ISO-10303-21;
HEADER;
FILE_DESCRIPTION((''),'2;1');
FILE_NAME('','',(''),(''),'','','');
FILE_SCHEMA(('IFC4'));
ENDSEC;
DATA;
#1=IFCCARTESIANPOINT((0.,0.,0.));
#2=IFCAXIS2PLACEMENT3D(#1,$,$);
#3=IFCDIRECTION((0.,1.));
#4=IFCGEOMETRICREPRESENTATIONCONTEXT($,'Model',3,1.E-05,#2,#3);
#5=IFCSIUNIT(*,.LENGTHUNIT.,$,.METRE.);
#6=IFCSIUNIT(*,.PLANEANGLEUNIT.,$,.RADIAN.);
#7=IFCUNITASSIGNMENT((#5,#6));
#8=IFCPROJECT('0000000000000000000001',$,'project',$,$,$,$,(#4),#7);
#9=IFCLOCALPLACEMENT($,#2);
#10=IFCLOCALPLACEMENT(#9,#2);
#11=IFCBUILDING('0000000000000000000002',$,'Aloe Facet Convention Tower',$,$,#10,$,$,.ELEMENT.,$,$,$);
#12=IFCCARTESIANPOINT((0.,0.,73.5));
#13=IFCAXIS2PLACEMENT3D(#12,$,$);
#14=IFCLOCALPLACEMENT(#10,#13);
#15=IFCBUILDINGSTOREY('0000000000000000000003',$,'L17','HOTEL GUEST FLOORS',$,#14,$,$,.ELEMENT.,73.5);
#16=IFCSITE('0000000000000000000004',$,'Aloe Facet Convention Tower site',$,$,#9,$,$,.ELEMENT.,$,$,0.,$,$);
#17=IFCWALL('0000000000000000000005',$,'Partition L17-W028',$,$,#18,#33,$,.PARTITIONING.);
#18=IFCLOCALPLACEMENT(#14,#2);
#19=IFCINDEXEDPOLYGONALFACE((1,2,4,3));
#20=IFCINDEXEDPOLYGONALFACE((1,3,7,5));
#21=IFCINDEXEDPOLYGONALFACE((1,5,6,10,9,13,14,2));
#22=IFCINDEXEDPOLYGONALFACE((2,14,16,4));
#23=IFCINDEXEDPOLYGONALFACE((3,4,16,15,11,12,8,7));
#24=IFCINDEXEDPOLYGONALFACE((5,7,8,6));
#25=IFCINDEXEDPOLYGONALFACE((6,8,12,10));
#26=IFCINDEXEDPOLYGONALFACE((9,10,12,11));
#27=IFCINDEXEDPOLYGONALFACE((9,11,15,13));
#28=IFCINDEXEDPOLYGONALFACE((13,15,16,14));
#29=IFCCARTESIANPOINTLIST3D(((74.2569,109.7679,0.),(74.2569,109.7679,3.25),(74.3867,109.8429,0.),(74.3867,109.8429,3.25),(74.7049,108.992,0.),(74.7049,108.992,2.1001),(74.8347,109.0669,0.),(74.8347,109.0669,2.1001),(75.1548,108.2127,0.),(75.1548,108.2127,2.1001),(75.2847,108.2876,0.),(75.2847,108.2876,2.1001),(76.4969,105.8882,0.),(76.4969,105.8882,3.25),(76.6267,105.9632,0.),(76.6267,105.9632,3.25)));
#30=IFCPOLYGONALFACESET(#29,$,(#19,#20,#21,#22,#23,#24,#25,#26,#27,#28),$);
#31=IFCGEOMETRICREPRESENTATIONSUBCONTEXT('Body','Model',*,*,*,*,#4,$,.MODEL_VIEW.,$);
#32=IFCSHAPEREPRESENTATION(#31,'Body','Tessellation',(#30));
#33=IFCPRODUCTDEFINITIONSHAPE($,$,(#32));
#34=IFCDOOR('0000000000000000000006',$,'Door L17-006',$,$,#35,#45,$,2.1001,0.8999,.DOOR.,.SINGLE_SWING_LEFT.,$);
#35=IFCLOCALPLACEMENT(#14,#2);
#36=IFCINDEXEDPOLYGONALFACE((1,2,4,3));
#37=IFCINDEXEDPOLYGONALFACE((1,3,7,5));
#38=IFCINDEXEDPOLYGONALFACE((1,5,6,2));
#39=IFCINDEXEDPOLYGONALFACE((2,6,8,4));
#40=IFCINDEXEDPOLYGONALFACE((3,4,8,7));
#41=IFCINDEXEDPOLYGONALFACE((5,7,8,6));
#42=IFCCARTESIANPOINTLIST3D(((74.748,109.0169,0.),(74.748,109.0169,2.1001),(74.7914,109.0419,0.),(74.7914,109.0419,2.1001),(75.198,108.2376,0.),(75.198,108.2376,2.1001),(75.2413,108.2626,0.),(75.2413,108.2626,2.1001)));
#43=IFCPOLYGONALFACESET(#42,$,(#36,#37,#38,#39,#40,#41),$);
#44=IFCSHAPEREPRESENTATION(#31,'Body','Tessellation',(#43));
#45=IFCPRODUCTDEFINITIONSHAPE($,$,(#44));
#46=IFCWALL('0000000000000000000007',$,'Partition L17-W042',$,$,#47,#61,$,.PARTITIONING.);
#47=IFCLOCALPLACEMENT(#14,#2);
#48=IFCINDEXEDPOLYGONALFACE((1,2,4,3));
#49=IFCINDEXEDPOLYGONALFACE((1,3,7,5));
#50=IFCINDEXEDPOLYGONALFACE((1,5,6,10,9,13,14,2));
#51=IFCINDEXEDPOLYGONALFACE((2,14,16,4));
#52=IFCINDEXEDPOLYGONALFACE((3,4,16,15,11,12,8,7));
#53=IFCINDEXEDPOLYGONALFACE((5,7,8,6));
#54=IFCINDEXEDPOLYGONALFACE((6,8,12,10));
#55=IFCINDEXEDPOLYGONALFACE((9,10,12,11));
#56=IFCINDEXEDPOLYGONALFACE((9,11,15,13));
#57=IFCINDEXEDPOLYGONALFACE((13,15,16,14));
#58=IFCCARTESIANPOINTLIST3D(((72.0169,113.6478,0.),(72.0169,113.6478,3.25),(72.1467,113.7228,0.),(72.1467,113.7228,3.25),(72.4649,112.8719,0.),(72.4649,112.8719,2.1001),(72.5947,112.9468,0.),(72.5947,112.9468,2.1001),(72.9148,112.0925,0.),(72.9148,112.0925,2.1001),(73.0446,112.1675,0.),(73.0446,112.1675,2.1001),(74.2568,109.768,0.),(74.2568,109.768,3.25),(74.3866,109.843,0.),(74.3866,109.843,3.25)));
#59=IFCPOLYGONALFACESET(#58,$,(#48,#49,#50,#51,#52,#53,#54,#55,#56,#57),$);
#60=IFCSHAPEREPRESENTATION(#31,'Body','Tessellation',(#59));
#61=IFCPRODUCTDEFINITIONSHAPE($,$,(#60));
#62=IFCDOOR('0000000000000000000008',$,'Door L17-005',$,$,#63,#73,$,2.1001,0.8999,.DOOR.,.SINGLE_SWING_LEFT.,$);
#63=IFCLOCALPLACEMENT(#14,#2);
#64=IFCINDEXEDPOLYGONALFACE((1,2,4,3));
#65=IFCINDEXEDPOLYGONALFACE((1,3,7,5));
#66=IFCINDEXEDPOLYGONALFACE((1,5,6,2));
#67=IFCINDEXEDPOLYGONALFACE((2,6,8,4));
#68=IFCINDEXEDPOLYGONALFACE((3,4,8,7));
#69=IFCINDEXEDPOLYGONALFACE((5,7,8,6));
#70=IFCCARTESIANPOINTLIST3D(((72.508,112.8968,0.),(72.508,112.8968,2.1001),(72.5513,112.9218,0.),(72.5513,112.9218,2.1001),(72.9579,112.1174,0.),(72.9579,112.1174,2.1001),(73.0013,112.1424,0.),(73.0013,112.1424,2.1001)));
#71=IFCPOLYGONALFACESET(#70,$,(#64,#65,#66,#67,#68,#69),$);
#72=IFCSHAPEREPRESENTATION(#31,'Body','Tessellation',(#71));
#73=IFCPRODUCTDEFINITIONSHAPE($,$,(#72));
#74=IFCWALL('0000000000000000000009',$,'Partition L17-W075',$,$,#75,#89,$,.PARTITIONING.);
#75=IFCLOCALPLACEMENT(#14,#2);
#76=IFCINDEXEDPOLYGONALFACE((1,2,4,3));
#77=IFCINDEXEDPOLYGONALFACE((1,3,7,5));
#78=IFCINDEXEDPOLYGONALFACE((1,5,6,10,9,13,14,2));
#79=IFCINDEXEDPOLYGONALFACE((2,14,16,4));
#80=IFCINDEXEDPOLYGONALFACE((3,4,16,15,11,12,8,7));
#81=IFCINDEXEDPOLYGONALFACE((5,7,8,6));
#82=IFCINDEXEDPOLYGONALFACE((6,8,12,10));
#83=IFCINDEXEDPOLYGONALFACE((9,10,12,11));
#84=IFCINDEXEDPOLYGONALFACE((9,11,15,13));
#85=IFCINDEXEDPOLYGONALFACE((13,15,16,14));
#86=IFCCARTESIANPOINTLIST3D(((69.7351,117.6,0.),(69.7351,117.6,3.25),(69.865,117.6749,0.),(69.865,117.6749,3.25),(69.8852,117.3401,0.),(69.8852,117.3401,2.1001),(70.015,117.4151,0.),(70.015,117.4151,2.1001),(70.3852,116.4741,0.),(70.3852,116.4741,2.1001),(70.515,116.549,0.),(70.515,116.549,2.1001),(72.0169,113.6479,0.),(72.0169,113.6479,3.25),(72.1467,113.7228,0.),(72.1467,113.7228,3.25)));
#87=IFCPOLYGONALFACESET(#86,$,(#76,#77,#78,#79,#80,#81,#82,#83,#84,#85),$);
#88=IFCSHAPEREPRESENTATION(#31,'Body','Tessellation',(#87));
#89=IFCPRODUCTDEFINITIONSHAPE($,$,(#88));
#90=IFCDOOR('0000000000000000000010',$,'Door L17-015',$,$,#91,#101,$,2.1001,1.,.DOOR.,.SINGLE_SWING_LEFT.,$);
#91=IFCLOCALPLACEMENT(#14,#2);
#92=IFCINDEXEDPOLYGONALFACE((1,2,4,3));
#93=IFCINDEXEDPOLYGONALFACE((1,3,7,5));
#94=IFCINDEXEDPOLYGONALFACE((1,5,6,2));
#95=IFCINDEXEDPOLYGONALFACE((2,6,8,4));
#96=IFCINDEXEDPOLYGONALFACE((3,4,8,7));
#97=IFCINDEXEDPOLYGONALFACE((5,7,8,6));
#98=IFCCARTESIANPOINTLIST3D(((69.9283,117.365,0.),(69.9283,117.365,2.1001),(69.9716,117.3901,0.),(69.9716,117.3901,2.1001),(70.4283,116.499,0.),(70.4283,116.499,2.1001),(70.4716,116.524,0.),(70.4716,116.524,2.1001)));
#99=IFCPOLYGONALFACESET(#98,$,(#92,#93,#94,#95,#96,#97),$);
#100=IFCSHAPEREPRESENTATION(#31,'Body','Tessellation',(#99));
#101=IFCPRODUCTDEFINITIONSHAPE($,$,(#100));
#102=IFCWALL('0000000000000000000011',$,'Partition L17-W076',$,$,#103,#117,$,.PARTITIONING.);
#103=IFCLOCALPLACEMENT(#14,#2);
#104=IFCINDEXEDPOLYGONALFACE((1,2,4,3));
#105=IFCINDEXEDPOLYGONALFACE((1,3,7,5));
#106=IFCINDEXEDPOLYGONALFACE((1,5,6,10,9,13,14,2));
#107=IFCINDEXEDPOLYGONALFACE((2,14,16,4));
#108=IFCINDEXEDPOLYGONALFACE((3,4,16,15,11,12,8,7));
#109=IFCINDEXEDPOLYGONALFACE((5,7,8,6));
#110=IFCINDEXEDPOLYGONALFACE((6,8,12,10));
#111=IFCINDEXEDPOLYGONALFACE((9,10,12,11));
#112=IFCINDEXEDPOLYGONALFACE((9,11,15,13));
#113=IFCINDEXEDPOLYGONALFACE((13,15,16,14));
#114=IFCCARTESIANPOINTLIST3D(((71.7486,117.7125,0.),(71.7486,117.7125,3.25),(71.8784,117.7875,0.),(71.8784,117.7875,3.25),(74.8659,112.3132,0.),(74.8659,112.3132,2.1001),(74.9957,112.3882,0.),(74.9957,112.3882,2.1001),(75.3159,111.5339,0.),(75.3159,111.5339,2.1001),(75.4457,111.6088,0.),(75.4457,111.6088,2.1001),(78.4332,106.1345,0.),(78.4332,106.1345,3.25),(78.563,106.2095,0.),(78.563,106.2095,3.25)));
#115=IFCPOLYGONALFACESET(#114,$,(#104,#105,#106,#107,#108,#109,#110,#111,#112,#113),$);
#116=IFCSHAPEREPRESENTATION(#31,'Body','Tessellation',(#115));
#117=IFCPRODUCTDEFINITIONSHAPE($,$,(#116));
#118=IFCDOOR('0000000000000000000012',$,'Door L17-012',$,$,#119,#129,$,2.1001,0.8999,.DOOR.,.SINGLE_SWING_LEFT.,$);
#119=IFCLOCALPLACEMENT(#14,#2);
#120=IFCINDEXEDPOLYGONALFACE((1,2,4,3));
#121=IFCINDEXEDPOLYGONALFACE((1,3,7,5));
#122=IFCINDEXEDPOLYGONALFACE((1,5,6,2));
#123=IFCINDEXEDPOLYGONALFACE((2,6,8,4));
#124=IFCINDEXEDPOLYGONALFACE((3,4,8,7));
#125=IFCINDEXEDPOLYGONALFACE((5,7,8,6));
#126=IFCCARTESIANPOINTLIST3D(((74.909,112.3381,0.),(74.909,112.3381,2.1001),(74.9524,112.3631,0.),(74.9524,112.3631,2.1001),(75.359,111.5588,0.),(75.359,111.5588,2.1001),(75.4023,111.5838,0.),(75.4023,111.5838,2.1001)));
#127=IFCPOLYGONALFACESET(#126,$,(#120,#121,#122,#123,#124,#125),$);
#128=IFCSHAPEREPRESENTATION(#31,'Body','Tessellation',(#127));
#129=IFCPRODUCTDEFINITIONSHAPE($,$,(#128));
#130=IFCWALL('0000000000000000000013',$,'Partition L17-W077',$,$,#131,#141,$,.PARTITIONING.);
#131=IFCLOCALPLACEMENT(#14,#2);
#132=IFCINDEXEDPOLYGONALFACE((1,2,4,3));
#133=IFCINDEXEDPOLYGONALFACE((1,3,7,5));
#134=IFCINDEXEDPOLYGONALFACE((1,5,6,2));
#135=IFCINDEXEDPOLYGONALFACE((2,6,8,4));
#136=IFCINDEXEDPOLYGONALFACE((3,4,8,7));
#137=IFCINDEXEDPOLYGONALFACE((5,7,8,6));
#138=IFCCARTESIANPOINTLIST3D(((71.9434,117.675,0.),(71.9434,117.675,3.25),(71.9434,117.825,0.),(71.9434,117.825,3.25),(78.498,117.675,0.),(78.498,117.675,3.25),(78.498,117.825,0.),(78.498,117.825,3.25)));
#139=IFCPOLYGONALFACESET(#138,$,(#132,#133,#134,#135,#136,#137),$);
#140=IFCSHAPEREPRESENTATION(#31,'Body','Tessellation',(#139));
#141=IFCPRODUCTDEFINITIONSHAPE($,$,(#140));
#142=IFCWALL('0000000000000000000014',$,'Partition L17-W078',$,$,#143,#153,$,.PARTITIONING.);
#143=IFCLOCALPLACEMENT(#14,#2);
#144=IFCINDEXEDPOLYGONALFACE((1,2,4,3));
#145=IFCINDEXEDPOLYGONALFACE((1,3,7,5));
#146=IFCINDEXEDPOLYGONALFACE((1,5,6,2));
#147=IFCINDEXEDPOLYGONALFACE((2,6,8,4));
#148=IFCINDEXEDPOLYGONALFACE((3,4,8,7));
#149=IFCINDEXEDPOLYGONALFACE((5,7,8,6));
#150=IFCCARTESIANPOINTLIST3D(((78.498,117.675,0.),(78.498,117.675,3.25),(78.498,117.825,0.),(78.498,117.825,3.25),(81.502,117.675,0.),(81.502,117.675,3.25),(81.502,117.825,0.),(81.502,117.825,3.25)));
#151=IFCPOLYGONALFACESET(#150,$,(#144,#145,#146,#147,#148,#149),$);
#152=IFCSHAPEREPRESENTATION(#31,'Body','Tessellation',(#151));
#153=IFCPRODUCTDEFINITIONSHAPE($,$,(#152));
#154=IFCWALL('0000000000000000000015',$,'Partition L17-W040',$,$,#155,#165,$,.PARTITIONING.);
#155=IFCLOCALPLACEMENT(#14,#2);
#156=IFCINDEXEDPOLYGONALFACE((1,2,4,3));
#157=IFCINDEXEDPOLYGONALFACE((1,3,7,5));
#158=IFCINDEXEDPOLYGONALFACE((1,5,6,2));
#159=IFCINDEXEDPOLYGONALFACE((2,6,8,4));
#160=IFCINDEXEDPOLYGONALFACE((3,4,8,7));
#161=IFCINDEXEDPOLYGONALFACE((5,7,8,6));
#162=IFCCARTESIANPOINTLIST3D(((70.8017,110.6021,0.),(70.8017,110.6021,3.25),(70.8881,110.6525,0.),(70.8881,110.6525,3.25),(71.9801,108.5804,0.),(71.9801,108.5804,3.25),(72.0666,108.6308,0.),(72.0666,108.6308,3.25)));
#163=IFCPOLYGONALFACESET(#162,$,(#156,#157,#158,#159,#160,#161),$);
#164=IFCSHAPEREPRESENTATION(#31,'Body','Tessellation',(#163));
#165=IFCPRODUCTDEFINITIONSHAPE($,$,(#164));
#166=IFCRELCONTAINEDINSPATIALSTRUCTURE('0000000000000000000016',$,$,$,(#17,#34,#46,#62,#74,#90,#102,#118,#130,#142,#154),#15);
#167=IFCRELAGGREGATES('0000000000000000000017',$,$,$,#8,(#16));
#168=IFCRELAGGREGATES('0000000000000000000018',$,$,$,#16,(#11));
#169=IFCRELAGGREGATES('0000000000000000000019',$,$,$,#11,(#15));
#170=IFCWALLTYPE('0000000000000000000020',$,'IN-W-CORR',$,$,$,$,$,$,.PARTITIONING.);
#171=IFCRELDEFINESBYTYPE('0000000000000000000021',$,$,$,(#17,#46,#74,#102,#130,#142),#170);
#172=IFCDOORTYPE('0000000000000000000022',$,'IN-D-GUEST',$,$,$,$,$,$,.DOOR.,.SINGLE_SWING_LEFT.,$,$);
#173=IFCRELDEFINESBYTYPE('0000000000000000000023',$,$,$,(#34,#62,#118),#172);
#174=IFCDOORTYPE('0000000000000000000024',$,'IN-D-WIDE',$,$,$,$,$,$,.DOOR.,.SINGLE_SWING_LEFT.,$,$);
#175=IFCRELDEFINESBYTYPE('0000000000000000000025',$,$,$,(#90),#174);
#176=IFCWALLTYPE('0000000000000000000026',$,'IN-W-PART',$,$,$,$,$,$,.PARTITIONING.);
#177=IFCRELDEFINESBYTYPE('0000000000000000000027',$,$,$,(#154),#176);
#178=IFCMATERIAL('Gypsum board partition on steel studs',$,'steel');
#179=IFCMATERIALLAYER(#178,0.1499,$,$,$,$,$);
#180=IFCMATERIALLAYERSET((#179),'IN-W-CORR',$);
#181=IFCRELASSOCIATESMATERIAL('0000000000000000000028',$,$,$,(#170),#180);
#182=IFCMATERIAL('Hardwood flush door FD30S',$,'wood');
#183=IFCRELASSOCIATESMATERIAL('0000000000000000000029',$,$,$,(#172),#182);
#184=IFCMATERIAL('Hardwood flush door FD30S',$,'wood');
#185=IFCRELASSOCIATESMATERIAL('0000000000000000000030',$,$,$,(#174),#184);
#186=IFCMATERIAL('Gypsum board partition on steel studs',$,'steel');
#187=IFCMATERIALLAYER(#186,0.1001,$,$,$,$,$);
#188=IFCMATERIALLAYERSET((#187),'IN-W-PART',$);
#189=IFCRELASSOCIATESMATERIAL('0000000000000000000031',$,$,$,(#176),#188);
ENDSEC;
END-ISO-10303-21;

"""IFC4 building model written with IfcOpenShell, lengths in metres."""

from ifc_helpers import new_model, si_unit, direction, frame, frame_2d, origin, place, context, subcontext, project, spatial, rectangle, extrude, material, layer, layer_set, type_object, element, fill, save


model = new_model("IFC4")

# Units and contexts
model_context = context("Model", 3, precision=1e-05, world=origin(), true_north=direction((0.0, 1.0)))
body_context = subcontext(model_context, "Body", "Model", "MODEL_VIEW")
ifc_project = project(units=[si_unit("LENGTHUNIT", "METRE"), si_unit("PLANEANGLEUNIT", "RADIAN")], contexts=[model_context])

# Site, building, storey
site_placement = place(None, origin())
site = spatial("IfcSite", under=ifc_project, at=site_placement, Name="Aloe Facet Convention Tower site", CompositionType="ELEMENT", RefElevation=0.0)
building_placement = place(site_placement, origin())
building = spatial("IfcBuilding", under=site, at=building_placement, Name="Aloe Facet Convention Tower", CompositionType="ELEMENT")
storey_placement = place(building_placement, frame((0.0, 0.0, 73.5)))
storey = spatial("IfcBuildingStorey", under=building, at=storey_placement, Name="L17", Description="HOTEL GUEST FLOORS", CompositionType="ELEMENT", Elevation=73.5)

# Walls, openings, doors
ifc_material_1 = material(Name="Gypsum board partition on steel studs", Category="steel")
ifc_layer_1 = layer(ifc_material_1, 0.1499)
ifc_layer_set_1 = layer_set([ifc_layer_1], Name="IN-W-CORR")
wall_type_1 = type_object("IfcWallType", Name="IN-W-CORR", PredefinedType="PARTITIONING", material=ifc_layer_set_1)
wall_1_placement = place(storey_placement, frame((74.3218, 109.8054, 0.0), z_axis=(0.0, 0.0, 1.0), x_axis=(0.500013, -0.866018, 0.0)))
wall_1 = element("IfcWall", 1, at=wall_1_placement, inside=storey, type_object=wall_type_1, Name="Partition L17-W028", PredefinedType="PARTITIONING", context=body_context, shape_type="SweptSolid", body=[
    extrude(rectangle(XDim=4.48, YDim=0.1499, at=frame_2d((2.24, 0.0))), origin(), (0.0, 0.0, 1.0), 3.25),
])
opening_1_placement = place(wall_1_placement, frame((0.896, 0.0, 0.0)))
opening_1 = element("IfcOpeningElement", 2, at=opening_1_placement, cuts=wall_1, PredefinedType="OPENING", context=body_context, shape_type="SweptSolid", body=[
    extrude(rectangle(XDim=0.8999, YDim=2.1001, at=frame_2d((0.45, 1.05))), frame((0.0, 0.085, 0.0), z_axis=(0.0, -1.0, 0.0), x_axis=(1.0, 0.0, 0.0)), (0.0, 0.0, 1.0), 0.1699),
])
ifc_material_2 = material(Name="Hardwood flush door FD30S", Category="wood")
door_type_1 = type_object("IfcDoorType", Name="IN-D-GUEST", OperationType="SINGLE_SWING_LEFT", PredefinedType="DOOR", material=ifc_material_2)
door_1_placement = place(opening_1_placement, origin())
door_1 = element("IfcDoor", 3, at=door_1_placement, inside=storey, type_object=door_type_1, Name="Door L17-006", OperationType="SINGLE_SWING_LEFT", OverallHeight=2.1001, OverallWidth=0.8999, PredefinedType="DOOR", context=body_context, shape_type="SweptSolid", body=[
    extrude(rectangle(XDim=0.8999, YDim=2.1001, at=frame_2d((0.45, 1.05))), frame((0.0, 0.0249, 0.0), z_axis=(0.0, -1.0, 0.0), x_axis=(1.0, 0.0, 0.0)), (0.0, 0.0, 1.0), 0.05),
])
fill(opening_1, door_1)
wall_2_placement = place(storey_placement, frame((72.0818, 113.6853, 0.0), z_axis=(0.0, 0.0, 1.0), x_axis=(0.49999, -0.866031, 0.0)))
wall_2 = element("IfcWall", 4, at=wall_2_placement, inside=storey, type_object=wall_type_1, Name="Partition L17-W042", PredefinedType="PARTITIONING", context=body_context, shape_type="SweptSolid", body=[
    extrude(rectangle(XDim=4.48, YDim=0.1499, at=frame_2d((2.24, 0.0))), origin(), (0.0, 0.0, 1.0), 3.25),
])
opening_2_placement = place(wall_2_placement, frame((0.896, 0.0, 0.0)))
opening_2 = element("IfcOpeningElement", 5, at=opening_2_placement, cuts=wall_2, PredefinedType="OPENING", context=body_context, shape_type="SweptSolid", body=[
    extrude(rectangle(XDim=0.8999, YDim=2.1001, at=frame_2d((0.45, 1.05))), frame((0.0, 0.085, 0.0), z_axis=(0.0, -1.0, 0.0), x_axis=(1.0, 0.0, 0.0)), (0.0, 0.0, 1.0), 0.1699),
])
door_2_placement = place(opening_2_placement, origin())
door_2 = element("IfcDoor", 6, at=door_2_placement, inside=storey, type_object=door_type_1, Name="Door L17-005", OperationType="SINGLE_SWING_LEFT", OverallHeight=2.1001, OverallWidth=0.8999, PredefinedType="DOOR", context=body_context, shape_type="SweptSolid", body=[
    extrude(rectangle(XDim=0.8999, YDim=2.1001, at=frame_2d((0.45, 1.05))), frame((0.0, 0.0249, 0.0), z_axis=(0.0, -1.0, 0.0), x_axis=(1.0, 0.0, 0.0)), (0.0, 0.0, 1.0), 0.05),
])
fill(opening_2, door_2)
wall_3_placement = place(storey_placement, frame((69.8, 117.6375, 0.0), z_axis=(0.0, 0.0, 1.0), x_axis=(0.499994, -0.866029, 0.0)))
wall_3 = element("IfcWall", 7, at=wall_3_placement, inside=storey, type_object=wall_type_1, Name="Partition L17-W075", PredefinedType="PARTITIONING", context=body_context, shape_type="SweptSolid", body=[
    extrude(rectangle(XDim=4.5635, YDim=0.1499, at=frame_2d((2.2817, 0.0))), origin(), (0.0, 0.0, 1.0), 3.25),
])
opening_3_placement = place(wall_3_placement, frame((0.3, 0.0, 0.0)))
opening_3 = element("IfcOpeningElement", 8, at=opening_3_placement, cuts=wall_3, PredefinedType="OPENING", context=body_context, shape_type="SweptSolid", body=[
    extrude(rectangle(XDim=1.0, YDim=2.1001, at=frame_2d((0.5, 1.05))), frame((0.0, 0.085, 0.0), z_axis=(0.0, -1.0, 0.0), x_axis=(1.0, 0.0, 0.0)), (0.0, 0.0, 1.0), 0.1699),
])
ifc_material_3 = material(Name="Hardwood flush door FD30S", Category="wood")
door_type_2 = type_object("IfcDoorType", Name="IN-D-WIDE", OperationType="SINGLE_SWING_LEFT", PredefinedType="DOOR", material=ifc_material_3)
door_3_placement = place(opening_3_placement, origin())
door_3 = element("IfcDoor", 9, at=door_3_placement, inside=storey, type_object=door_type_2, Name="Door L17-015", OperationType="SINGLE_SWING_LEFT", OverallHeight=2.1001, OverallWidth=1.0, PredefinedType="DOOR", context=body_context, shape_type="SweptSolid", body=[
    extrude(rectangle(XDim=1.0, YDim=2.1001, at=frame_2d((0.5, 1.05))), frame((0.0, 0.0249, 0.0), z_axis=(0.0, -1.0, 0.0), x_axis=(1.0, 0.0, 0.0)), (0.0, 0.0, 1.0), 0.05),
])
fill(opening_3, door_3)
wall_4_placement = place(storey_placement, frame((71.8135, 117.75, 0.0), z_axis=(0.0, 0.0, 1.0), x_axis=(0.500004, -0.866023, 0.0)))
wall_4 = element("IfcWall", 10, at=wall_4_placement, inside=storey, type_object=wall_type_1, Name="Partition L17-W076", PredefinedType="PARTITIONING", context=body_context, shape_type="SweptSolid", body=[
    extrude(rectangle(XDim=13.3691, YDim=0.1499, at=frame_2d((6.6846, 0.0))), origin(), (0.0, 0.0, 1.0), 3.25),
])
opening_4_placement = place(wall_4_placement, frame((6.2346, 0.0, 0.0)))
opening_4 = element("IfcOpeningElement", 11, at=opening_4_placement, cuts=wall_4, PredefinedType="OPENING", context=body_context, shape_type="SweptSolid", body=[
    extrude(rectangle(XDim=0.8999, YDim=2.1001, at=frame_2d((0.45, 1.05))), frame((0.0, 0.085, 0.0), z_axis=(0.0, -1.0, 0.0), x_axis=(1.0, 0.0, 0.0)), (0.0, 0.0, 1.0), 0.1699),
])
door_4_placement = place(opening_4_placement, origin())
door_4 = element("IfcDoor", 12, at=door_4_placement, inside=storey, type_object=door_type_1, Name="Door L17-012", OperationType="SINGLE_SWING_LEFT", OverallHeight=2.1001, OverallWidth=0.8999, PredefinedType="DOOR", context=body_context, shape_type="SweptSolid", body=[
    extrude(rectangle(XDim=0.8999, YDim=2.1001, at=frame_2d((0.45, 1.05))), frame((0.0, 0.0249, 0.0), z_axis=(0.0, -1.0, 0.0), x_axis=(1.0, 0.0, 0.0)), (0.0, 0.0, 1.0), 0.05),
])
fill(opening_4, door_4)

# Walls
wall_5_placement = place(storey_placement, frame((71.9434, 117.75, 0.0), z_axis=(0.0, 0.0, 1.0), x_axis=(1.0, 0.0, 0.0)))
element("IfcWall", 13, at=wall_5_placement, inside=storey, type_object=wall_type_1, Name="Partition L17-W077", PredefinedType="PARTITIONING", context=body_context, shape_type="SweptSolid", body=[
    extrude(rectangle(XDim=6.5547, YDim=0.1499, at=frame_2d((3.2773, 0.0))), origin(), (0.0, 0.0, 1.0), 3.25),
])
wall_6_placement = place(storey_placement, frame((78.498, 117.75, 0.0), z_axis=(0.0, 0.0, 1.0), x_axis=(1.0, 0.0, 0.0)))
element("IfcWall", 14, at=wall_6_placement, inside=storey, type_object=wall_type_1, Name="Partition L17-W078", PredefinedType="PARTITIONING", context=body_context, shape_type="SweptSolid", body=[
    extrude(rectangle(XDim=3.0039, YDim=0.1499, at=frame_2d((1.502, 0.0))), origin(), (0.0, 0.0, 1.0), 3.25),
])
ifc_material_4 = material(Name="Gypsum board partition on steel studs", Category="steel")
ifc_layer_2 = layer(ifc_material_4, 0.1001)
ifc_layer_set_2 = layer_set([ifc_layer_2], Name="IN-W-PART")
wall_type_2 = type_object("IfcWallType", Name="IN-W-PART", PredefinedType="PARTITIONING", material=ifc_layer_set_2)
wall_7_placement = place(storey_placement, frame((70.845, 110.6272, 0.0), z_axis=(0.0, 0.0, 1.0), x_axis=(0.503592, -0.863942, 0.0)))
element("IfcWall", 15, at=wall_7_placement, inside=storey, type_object=wall_type_2, Name="Partition L17-W040", PredefinedType="PARTITIONING", context=body_context, shape_type="SweptSolid", body=[
    extrude(rectangle(XDim=2.3401, YDim=0.1001, at=frame_2d((1.1699, 0.0))), origin(), (0.0, 0.0, 1.0), 3.25),
])

save(model, "model.ifc")
